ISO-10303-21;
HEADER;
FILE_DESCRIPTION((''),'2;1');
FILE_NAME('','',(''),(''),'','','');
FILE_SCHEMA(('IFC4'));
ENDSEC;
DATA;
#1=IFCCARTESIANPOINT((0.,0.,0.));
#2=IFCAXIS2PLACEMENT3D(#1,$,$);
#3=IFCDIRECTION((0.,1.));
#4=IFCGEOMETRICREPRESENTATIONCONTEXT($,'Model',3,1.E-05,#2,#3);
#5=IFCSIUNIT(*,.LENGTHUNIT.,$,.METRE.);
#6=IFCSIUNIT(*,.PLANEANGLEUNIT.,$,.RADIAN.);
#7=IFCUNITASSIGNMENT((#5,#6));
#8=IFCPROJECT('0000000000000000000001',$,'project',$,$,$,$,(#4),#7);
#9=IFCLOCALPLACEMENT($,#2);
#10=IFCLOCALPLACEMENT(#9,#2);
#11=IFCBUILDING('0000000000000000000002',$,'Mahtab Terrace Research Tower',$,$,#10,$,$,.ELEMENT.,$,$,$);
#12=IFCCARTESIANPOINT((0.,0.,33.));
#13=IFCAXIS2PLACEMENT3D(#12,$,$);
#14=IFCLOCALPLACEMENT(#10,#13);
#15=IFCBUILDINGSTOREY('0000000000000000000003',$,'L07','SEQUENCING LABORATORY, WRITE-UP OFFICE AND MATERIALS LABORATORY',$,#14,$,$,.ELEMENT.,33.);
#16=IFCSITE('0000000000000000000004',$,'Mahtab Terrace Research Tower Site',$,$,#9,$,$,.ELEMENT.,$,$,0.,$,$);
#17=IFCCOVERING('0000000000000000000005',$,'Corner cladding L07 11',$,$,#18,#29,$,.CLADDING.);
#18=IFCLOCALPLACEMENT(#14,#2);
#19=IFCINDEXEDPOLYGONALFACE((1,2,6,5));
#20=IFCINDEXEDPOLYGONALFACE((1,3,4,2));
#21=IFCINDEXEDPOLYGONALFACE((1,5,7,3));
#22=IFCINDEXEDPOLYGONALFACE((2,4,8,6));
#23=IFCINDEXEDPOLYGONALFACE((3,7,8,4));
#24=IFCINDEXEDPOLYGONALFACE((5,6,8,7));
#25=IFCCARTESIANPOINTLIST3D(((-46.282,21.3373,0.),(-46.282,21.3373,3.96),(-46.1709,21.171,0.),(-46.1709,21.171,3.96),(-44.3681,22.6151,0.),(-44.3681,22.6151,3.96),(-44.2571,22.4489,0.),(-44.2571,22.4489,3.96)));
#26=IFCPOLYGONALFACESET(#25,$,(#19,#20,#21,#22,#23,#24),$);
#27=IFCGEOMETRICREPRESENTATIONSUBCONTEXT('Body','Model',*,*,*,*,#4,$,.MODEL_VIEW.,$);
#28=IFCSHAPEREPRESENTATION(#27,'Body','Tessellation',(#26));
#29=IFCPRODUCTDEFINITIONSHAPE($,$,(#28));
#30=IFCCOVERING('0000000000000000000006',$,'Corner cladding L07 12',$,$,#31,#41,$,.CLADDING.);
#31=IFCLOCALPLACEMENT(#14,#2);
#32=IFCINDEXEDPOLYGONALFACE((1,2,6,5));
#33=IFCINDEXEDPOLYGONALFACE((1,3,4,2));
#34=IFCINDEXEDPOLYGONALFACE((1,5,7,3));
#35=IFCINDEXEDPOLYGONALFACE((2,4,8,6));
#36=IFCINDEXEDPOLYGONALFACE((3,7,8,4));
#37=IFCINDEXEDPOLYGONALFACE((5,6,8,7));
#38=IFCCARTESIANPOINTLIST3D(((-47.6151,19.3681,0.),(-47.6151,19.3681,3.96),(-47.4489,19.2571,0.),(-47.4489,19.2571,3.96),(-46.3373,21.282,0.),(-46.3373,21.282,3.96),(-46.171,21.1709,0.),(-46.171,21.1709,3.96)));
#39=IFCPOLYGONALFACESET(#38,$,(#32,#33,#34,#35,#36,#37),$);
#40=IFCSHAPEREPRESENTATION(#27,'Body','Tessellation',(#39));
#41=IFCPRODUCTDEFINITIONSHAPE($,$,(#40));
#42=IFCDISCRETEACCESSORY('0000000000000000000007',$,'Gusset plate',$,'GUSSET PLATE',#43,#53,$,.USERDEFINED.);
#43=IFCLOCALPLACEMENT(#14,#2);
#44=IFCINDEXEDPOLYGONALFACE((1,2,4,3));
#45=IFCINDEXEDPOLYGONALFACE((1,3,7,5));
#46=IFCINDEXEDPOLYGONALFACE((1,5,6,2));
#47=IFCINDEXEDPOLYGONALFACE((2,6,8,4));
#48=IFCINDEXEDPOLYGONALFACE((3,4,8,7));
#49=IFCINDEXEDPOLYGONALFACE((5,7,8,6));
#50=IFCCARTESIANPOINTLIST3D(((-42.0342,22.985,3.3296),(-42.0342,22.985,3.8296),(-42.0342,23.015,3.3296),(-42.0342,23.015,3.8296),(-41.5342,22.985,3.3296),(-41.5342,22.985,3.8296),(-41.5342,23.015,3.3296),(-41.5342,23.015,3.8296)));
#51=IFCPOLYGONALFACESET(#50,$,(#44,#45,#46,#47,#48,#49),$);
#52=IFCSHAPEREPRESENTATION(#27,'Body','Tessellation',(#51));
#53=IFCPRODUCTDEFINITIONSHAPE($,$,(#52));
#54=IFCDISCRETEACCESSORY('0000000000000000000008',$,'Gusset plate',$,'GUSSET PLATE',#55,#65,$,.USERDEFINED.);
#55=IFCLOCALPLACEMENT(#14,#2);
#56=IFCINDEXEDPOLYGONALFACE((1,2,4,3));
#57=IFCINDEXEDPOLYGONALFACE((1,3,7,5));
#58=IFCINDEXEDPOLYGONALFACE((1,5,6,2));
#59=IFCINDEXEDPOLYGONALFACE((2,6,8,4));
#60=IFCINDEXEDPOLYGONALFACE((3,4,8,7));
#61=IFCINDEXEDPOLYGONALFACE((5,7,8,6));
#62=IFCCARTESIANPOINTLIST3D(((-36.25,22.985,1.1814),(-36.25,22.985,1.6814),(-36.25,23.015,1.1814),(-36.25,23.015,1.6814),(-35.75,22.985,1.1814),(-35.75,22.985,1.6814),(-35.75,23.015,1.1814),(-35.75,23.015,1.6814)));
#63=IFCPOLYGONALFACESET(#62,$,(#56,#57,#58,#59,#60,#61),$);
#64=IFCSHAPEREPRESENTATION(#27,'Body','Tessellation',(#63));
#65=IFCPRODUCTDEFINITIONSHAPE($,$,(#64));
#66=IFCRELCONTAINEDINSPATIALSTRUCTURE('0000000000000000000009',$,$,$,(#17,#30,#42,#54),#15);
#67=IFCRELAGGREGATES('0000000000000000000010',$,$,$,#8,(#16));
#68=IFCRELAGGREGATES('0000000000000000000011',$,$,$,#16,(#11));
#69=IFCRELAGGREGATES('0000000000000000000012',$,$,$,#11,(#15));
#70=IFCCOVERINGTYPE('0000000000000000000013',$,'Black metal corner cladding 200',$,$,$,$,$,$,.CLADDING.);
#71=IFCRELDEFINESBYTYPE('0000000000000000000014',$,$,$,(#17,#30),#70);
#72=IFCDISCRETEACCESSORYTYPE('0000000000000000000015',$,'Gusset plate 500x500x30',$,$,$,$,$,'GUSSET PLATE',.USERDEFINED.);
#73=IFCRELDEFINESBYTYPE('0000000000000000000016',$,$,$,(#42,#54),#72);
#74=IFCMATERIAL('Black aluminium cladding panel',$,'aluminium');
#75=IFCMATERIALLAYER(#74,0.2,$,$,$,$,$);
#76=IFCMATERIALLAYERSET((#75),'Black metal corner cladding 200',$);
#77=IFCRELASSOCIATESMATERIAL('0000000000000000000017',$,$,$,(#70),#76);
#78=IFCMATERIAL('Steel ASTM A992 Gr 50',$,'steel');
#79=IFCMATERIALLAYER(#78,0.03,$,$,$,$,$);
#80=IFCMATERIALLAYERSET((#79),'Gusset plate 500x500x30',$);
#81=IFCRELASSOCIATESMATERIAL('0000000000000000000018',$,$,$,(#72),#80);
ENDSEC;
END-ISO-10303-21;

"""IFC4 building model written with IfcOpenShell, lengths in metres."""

from ifc_helpers import new_model, si_unit, direction, frame, origin, origin_2d, place, context, subcontext, project, spatial, rectangle, extrude, material, layer, layer_set, type_object, element, save


model = new_model("IFC4")

# Units and contexts
model_context = context("Model", 3, precision=1e-05, world=origin(), true_north=direction((0.0, 1.0)))
body_context = subcontext(model_context, "Body", "Model", "MODEL_VIEW")
ifc_project = project(units=[si_unit("LENGTHUNIT", "METRE"), si_unit("PLANEANGLEUNIT", "RADIAN")], contexts=[model_context])

# Site, building, storey
site_placement = place(None, origin())
site = spatial("IfcSite", under=ifc_project, at=site_placement, Name="Mahtab Terrace Research Tower Site", CompositionType="ELEMENT", RefElevation=0.0)
building_placement = place(site_placement, origin())
building = spatial("IfcBuilding", under=site, at=building_placement, Name="Mahtab Terrace Research Tower", CompositionType="ELEMENT")
storey_placement = place(building_placement, frame((0.0, 0.0, 33.0)))
storey = spatial("IfcBuildingStorey", under=building, at=storey_placement, Name="L07", Description="SEQUENCING LABORATORY, WRITE-UP OFFICE AND MATERIALS LABORATORY", CompositionType="ELEMENT", Elevation=33.0)

# Shared definitions
ifc_material_1 = material(Name="Steel ASTM A992 Gr 50", Category="steel")

# Coverings
ifc_material_2 = material(Name="Black aluminium cladding panel", Category="aluminium")
ifc_layer_1 = layer(ifc_material_2, 0.2)
ifc_layer_set_1 = layer_set([ifc_layer_1], Name="Black metal corner cladding 200")
covering_type = type_object("IfcCoveringType", Name="Black metal corner cladding 200", PredefinedType="CLADDING", material=ifc_layer_set_1)
for number, where, z_axis, x_axis, name in (
    (1, (-45.2695, 21.8931, 0.0), (0.0, 0.0, 1.0), (-0.831656, -0.555291, 0.0), "Corner cladding L07 11"),
    (2, (-46.8931, 20.2695, 0.0), (0.0, 0.0, 1.0), (-0.555291, -0.831656, 0.0), "Corner cladding L07 12"),
):
    element("IfcCovering", number, at=place(storey_placement, frame(where, z_axis=z_axis, x_axis=x_axis)), inside=storey, type_object=covering_type, Name=name, PredefinedType="CLADDING", context=body_context, shape_type="SweptSolid", body=[
        extrude(rectangle(XDim=2.3013, YDim=0.2, at=origin_2d()), origin(), (0.0, 0.0, 1.0), 3.96),
    ])

# Discrete accessories
ifc_layer_2 = layer(ifc_material_1, 0.03)
ifc_layer_set_2 = layer_set([ifc_layer_2], Name="Gusset plate 500x500x30")
discrete_accessory_type = type_object("IfcDiscreteAccessoryType", Name="Gusset plate 500x500x30", ElementType="GUSSET PLATE", PredefinedType="USERDEFINED", material=ifc_layer_set_2)
for number, where, z_axis, x_axis, name in (
    (3, (-41.7842, 23.0, 3.3296), (0.0, 0.0, 1.0), (1.0, 0.0, 0.0), "Gusset plate"),
    (4, (-36.0, 23.0, 1.1814), (0.0, 0.0, 1.0), (1.0, 0.0, 0.0), "Gusset plate"),
):
    element("IfcDiscreteAccessory", number, at=place(storey_placement, frame(where, z_axis=z_axis, x_axis=x_axis)), inside=storey, type_object=discrete_accessory_type, Name=name, ObjectType="GUSSET PLATE", PredefinedType="USERDEFINED", context=body_context, shape_type="SweptSolid", body=[
        extrude(rectangle(XDim=0.5, YDim=0.03, at=origin_2d()), origin(), (0.0, 0.0, 1.0), 0.5),
    ])

save(model, "model.ifc")
